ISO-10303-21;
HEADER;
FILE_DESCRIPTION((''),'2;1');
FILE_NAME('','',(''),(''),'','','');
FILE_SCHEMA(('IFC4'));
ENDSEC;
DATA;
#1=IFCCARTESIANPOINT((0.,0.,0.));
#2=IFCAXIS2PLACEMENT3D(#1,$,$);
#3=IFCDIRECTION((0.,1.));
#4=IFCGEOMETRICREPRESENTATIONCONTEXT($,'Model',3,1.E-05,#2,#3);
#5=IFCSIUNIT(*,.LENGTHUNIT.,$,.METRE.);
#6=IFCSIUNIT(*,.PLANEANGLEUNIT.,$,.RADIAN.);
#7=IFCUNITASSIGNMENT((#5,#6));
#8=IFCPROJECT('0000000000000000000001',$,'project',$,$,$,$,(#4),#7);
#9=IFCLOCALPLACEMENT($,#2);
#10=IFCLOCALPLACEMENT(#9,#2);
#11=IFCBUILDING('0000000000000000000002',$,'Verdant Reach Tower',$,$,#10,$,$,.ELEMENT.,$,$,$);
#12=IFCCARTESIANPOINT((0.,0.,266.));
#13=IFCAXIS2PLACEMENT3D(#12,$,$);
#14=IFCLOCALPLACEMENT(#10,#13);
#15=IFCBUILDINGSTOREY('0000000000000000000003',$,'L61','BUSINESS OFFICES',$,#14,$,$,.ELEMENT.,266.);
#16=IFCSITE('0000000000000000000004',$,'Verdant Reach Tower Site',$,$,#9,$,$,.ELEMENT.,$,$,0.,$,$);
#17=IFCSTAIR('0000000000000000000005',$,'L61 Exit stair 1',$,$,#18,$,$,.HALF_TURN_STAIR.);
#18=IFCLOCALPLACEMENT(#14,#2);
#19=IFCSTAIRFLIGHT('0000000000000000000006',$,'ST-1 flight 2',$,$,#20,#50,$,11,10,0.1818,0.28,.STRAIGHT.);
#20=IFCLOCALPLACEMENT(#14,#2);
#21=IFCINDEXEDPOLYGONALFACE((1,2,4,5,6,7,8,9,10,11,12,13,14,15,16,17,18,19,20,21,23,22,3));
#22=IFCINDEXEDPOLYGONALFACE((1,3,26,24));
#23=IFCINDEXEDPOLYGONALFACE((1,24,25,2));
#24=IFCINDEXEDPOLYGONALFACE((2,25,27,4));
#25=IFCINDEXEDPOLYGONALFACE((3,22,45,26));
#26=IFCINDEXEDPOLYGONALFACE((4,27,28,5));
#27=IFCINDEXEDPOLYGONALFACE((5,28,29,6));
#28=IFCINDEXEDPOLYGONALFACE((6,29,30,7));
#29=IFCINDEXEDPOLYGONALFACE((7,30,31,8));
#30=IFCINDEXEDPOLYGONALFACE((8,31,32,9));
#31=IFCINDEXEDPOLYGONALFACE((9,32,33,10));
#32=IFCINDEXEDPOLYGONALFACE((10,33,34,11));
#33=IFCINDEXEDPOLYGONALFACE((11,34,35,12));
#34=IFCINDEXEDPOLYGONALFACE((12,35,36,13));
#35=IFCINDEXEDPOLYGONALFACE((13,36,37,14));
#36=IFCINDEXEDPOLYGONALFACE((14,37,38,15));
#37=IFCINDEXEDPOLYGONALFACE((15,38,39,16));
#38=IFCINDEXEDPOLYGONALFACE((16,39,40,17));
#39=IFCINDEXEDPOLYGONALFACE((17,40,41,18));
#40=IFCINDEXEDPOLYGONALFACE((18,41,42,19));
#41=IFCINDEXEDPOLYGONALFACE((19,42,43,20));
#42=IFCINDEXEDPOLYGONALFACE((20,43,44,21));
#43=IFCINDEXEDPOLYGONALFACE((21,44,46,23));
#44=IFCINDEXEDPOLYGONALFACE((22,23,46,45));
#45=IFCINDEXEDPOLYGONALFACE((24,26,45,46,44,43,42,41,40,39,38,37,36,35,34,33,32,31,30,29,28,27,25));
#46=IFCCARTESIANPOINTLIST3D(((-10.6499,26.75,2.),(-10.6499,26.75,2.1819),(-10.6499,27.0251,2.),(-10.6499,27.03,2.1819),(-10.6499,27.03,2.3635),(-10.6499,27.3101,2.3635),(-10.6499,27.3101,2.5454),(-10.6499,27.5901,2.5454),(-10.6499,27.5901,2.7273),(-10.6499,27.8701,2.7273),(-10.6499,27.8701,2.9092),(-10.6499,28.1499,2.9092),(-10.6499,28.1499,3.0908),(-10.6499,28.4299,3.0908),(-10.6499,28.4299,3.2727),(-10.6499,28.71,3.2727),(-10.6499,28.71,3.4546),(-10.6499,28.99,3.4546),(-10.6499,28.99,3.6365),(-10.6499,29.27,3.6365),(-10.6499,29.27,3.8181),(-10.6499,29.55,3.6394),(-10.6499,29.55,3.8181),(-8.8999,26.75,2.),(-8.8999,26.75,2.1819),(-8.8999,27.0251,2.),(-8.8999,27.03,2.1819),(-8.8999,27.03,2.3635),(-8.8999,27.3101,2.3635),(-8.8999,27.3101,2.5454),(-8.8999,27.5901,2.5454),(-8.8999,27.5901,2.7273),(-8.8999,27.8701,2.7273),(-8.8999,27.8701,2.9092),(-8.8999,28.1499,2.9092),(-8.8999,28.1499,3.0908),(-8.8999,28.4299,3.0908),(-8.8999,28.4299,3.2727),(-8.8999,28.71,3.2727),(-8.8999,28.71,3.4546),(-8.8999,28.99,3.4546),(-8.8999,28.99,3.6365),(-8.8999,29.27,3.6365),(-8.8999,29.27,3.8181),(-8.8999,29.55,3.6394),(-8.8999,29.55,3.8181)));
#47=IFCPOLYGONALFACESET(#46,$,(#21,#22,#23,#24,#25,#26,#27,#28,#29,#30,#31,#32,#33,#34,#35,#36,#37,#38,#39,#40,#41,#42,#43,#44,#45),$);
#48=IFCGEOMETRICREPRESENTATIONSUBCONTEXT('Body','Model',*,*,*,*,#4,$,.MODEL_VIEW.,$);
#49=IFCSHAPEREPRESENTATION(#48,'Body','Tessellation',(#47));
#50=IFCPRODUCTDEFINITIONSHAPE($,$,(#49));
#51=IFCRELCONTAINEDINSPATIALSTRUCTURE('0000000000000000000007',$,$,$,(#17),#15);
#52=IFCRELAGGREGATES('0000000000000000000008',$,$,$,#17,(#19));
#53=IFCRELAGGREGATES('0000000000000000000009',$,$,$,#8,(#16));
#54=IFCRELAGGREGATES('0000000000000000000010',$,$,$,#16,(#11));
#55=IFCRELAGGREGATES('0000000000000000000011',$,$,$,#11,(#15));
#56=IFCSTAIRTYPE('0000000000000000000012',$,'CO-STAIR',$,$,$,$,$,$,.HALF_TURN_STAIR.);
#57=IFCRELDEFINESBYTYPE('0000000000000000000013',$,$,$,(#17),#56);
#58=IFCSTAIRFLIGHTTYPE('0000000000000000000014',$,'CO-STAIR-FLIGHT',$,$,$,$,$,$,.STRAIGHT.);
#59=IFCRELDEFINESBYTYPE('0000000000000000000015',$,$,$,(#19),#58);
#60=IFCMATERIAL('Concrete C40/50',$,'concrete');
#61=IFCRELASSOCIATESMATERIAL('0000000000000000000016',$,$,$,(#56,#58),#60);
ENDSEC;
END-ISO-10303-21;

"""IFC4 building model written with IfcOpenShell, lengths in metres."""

from ifc_helpers import new_model, si_unit, direction, frame, origin, place, context, subcontext, project, spatial, polyline, outline, extrude, material, type_object, element, aggregate, save


model = new_model("IFC4")

# Units and contexts
model_context = context("Model", 3, precision=1e-05, world=origin(), true_north=direction((0.0, 1.0)))
body_context = subcontext(model_context, "Body", "Model", "MODEL_VIEW")
ifc_project = project(units=[si_unit("LENGTHUNIT", "METRE"), si_unit("PLANEANGLEUNIT", "RADIAN")], contexts=[model_context])

# Site, building, storey
site_placement = place(None, origin())
site = spatial("IfcSite", under=ifc_project, at=site_placement, Name="Verdant Reach Tower Site", CompositionType="ELEMENT", RefElevation=0.0)
building_placement = place(site_placement, origin())
building = spatial("IfcBuilding", under=site, at=building_placement, Name="Verdant Reach Tower", CompositionType="ELEMENT")
storey_placement = place(building_placement, frame((0.0, 0.0, 266.0)))
storey = spatial("IfcBuildingStorey", under=building, at=storey_placement, Name="L61", Description="BUSINESS OFFICES", CompositionType="ELEMENT", Elevation=266.0)

# Shared definitions
ifc_material_1 = material(Name="Concrete C40/50", Category="concrete")

# Stair, stair flight
stair_type = type_object("IfcStairType", Name="CO-STAIR", PredefinedType="HALF_TURN_STAIR", material=ifc_material_1)
stair_placement = place(storey_placement, origin())
stair = element("IfcStair", 1, at=stair_placement, inside=storey, type_object=stair_type, Name="L61 Exit stair 1", PredefinedType="HALF_TURN_STAIR")
stair_flight_type = type_object("IfcStairFlightType", Name="CO-STAIR-FLIGHT", PredefinedType="STRAIGHT", material=ifc_material_1)
stair_flight_placement = place(storey_placement, frame((-9.7749, 26.75, 2.0), z_axis=(0.0, 0.0, 1.0), x_axis=(0.0, 1.0, 0.0)))
stair_flight = element("IfcStairFlight", 2, at=stair_flight_placement, type_object=stair_flight_type, Name="ST-1 flight 2", NumberOfRisers=11, NumberOfTreads=10, PredefinedType="STRAIGHT", RiserHeight=0.1818, TreadLength=0.28, context=body_context, shape_type="SweptSolid", body=[
    extrude(outline(polyline([(0.0, 0.0), (0.0, 0.1819), (0.28, 0.1819), (0.28, 0.3635), (0.5601, 0.3635), (0.5601, 0.5454), (0.8401, 0.5454), (0.8401, 0.7273), (1.1201, 0.7273), (1.1201, 0.9092), (1.3999, 0.9092), (1.3999, 1.0908), (1.6799, 1.0908), (1.6799, 1.2727), (1.96, 1.2727), (1.96, 1.4546), (2.24, 1.4546), (2.24, 1.6365), (2.52, 1.6365), (2.52, 1.8181), (2.8, 1.8181), (2.8, 2.0), (2.8, 1.6394), (0.2751, 0.0), (0.0, 0.0)])), frame((0.0, 0.875, 0.0), z_axis=(0.0, -1.0, 0.0), x_axis=(1.0, 0.0, 0.0)), (0.0, 0.0, 1.0), 1.75),
])
aggregate(stair, [stair_flight])

save(model, "model.ifc")
